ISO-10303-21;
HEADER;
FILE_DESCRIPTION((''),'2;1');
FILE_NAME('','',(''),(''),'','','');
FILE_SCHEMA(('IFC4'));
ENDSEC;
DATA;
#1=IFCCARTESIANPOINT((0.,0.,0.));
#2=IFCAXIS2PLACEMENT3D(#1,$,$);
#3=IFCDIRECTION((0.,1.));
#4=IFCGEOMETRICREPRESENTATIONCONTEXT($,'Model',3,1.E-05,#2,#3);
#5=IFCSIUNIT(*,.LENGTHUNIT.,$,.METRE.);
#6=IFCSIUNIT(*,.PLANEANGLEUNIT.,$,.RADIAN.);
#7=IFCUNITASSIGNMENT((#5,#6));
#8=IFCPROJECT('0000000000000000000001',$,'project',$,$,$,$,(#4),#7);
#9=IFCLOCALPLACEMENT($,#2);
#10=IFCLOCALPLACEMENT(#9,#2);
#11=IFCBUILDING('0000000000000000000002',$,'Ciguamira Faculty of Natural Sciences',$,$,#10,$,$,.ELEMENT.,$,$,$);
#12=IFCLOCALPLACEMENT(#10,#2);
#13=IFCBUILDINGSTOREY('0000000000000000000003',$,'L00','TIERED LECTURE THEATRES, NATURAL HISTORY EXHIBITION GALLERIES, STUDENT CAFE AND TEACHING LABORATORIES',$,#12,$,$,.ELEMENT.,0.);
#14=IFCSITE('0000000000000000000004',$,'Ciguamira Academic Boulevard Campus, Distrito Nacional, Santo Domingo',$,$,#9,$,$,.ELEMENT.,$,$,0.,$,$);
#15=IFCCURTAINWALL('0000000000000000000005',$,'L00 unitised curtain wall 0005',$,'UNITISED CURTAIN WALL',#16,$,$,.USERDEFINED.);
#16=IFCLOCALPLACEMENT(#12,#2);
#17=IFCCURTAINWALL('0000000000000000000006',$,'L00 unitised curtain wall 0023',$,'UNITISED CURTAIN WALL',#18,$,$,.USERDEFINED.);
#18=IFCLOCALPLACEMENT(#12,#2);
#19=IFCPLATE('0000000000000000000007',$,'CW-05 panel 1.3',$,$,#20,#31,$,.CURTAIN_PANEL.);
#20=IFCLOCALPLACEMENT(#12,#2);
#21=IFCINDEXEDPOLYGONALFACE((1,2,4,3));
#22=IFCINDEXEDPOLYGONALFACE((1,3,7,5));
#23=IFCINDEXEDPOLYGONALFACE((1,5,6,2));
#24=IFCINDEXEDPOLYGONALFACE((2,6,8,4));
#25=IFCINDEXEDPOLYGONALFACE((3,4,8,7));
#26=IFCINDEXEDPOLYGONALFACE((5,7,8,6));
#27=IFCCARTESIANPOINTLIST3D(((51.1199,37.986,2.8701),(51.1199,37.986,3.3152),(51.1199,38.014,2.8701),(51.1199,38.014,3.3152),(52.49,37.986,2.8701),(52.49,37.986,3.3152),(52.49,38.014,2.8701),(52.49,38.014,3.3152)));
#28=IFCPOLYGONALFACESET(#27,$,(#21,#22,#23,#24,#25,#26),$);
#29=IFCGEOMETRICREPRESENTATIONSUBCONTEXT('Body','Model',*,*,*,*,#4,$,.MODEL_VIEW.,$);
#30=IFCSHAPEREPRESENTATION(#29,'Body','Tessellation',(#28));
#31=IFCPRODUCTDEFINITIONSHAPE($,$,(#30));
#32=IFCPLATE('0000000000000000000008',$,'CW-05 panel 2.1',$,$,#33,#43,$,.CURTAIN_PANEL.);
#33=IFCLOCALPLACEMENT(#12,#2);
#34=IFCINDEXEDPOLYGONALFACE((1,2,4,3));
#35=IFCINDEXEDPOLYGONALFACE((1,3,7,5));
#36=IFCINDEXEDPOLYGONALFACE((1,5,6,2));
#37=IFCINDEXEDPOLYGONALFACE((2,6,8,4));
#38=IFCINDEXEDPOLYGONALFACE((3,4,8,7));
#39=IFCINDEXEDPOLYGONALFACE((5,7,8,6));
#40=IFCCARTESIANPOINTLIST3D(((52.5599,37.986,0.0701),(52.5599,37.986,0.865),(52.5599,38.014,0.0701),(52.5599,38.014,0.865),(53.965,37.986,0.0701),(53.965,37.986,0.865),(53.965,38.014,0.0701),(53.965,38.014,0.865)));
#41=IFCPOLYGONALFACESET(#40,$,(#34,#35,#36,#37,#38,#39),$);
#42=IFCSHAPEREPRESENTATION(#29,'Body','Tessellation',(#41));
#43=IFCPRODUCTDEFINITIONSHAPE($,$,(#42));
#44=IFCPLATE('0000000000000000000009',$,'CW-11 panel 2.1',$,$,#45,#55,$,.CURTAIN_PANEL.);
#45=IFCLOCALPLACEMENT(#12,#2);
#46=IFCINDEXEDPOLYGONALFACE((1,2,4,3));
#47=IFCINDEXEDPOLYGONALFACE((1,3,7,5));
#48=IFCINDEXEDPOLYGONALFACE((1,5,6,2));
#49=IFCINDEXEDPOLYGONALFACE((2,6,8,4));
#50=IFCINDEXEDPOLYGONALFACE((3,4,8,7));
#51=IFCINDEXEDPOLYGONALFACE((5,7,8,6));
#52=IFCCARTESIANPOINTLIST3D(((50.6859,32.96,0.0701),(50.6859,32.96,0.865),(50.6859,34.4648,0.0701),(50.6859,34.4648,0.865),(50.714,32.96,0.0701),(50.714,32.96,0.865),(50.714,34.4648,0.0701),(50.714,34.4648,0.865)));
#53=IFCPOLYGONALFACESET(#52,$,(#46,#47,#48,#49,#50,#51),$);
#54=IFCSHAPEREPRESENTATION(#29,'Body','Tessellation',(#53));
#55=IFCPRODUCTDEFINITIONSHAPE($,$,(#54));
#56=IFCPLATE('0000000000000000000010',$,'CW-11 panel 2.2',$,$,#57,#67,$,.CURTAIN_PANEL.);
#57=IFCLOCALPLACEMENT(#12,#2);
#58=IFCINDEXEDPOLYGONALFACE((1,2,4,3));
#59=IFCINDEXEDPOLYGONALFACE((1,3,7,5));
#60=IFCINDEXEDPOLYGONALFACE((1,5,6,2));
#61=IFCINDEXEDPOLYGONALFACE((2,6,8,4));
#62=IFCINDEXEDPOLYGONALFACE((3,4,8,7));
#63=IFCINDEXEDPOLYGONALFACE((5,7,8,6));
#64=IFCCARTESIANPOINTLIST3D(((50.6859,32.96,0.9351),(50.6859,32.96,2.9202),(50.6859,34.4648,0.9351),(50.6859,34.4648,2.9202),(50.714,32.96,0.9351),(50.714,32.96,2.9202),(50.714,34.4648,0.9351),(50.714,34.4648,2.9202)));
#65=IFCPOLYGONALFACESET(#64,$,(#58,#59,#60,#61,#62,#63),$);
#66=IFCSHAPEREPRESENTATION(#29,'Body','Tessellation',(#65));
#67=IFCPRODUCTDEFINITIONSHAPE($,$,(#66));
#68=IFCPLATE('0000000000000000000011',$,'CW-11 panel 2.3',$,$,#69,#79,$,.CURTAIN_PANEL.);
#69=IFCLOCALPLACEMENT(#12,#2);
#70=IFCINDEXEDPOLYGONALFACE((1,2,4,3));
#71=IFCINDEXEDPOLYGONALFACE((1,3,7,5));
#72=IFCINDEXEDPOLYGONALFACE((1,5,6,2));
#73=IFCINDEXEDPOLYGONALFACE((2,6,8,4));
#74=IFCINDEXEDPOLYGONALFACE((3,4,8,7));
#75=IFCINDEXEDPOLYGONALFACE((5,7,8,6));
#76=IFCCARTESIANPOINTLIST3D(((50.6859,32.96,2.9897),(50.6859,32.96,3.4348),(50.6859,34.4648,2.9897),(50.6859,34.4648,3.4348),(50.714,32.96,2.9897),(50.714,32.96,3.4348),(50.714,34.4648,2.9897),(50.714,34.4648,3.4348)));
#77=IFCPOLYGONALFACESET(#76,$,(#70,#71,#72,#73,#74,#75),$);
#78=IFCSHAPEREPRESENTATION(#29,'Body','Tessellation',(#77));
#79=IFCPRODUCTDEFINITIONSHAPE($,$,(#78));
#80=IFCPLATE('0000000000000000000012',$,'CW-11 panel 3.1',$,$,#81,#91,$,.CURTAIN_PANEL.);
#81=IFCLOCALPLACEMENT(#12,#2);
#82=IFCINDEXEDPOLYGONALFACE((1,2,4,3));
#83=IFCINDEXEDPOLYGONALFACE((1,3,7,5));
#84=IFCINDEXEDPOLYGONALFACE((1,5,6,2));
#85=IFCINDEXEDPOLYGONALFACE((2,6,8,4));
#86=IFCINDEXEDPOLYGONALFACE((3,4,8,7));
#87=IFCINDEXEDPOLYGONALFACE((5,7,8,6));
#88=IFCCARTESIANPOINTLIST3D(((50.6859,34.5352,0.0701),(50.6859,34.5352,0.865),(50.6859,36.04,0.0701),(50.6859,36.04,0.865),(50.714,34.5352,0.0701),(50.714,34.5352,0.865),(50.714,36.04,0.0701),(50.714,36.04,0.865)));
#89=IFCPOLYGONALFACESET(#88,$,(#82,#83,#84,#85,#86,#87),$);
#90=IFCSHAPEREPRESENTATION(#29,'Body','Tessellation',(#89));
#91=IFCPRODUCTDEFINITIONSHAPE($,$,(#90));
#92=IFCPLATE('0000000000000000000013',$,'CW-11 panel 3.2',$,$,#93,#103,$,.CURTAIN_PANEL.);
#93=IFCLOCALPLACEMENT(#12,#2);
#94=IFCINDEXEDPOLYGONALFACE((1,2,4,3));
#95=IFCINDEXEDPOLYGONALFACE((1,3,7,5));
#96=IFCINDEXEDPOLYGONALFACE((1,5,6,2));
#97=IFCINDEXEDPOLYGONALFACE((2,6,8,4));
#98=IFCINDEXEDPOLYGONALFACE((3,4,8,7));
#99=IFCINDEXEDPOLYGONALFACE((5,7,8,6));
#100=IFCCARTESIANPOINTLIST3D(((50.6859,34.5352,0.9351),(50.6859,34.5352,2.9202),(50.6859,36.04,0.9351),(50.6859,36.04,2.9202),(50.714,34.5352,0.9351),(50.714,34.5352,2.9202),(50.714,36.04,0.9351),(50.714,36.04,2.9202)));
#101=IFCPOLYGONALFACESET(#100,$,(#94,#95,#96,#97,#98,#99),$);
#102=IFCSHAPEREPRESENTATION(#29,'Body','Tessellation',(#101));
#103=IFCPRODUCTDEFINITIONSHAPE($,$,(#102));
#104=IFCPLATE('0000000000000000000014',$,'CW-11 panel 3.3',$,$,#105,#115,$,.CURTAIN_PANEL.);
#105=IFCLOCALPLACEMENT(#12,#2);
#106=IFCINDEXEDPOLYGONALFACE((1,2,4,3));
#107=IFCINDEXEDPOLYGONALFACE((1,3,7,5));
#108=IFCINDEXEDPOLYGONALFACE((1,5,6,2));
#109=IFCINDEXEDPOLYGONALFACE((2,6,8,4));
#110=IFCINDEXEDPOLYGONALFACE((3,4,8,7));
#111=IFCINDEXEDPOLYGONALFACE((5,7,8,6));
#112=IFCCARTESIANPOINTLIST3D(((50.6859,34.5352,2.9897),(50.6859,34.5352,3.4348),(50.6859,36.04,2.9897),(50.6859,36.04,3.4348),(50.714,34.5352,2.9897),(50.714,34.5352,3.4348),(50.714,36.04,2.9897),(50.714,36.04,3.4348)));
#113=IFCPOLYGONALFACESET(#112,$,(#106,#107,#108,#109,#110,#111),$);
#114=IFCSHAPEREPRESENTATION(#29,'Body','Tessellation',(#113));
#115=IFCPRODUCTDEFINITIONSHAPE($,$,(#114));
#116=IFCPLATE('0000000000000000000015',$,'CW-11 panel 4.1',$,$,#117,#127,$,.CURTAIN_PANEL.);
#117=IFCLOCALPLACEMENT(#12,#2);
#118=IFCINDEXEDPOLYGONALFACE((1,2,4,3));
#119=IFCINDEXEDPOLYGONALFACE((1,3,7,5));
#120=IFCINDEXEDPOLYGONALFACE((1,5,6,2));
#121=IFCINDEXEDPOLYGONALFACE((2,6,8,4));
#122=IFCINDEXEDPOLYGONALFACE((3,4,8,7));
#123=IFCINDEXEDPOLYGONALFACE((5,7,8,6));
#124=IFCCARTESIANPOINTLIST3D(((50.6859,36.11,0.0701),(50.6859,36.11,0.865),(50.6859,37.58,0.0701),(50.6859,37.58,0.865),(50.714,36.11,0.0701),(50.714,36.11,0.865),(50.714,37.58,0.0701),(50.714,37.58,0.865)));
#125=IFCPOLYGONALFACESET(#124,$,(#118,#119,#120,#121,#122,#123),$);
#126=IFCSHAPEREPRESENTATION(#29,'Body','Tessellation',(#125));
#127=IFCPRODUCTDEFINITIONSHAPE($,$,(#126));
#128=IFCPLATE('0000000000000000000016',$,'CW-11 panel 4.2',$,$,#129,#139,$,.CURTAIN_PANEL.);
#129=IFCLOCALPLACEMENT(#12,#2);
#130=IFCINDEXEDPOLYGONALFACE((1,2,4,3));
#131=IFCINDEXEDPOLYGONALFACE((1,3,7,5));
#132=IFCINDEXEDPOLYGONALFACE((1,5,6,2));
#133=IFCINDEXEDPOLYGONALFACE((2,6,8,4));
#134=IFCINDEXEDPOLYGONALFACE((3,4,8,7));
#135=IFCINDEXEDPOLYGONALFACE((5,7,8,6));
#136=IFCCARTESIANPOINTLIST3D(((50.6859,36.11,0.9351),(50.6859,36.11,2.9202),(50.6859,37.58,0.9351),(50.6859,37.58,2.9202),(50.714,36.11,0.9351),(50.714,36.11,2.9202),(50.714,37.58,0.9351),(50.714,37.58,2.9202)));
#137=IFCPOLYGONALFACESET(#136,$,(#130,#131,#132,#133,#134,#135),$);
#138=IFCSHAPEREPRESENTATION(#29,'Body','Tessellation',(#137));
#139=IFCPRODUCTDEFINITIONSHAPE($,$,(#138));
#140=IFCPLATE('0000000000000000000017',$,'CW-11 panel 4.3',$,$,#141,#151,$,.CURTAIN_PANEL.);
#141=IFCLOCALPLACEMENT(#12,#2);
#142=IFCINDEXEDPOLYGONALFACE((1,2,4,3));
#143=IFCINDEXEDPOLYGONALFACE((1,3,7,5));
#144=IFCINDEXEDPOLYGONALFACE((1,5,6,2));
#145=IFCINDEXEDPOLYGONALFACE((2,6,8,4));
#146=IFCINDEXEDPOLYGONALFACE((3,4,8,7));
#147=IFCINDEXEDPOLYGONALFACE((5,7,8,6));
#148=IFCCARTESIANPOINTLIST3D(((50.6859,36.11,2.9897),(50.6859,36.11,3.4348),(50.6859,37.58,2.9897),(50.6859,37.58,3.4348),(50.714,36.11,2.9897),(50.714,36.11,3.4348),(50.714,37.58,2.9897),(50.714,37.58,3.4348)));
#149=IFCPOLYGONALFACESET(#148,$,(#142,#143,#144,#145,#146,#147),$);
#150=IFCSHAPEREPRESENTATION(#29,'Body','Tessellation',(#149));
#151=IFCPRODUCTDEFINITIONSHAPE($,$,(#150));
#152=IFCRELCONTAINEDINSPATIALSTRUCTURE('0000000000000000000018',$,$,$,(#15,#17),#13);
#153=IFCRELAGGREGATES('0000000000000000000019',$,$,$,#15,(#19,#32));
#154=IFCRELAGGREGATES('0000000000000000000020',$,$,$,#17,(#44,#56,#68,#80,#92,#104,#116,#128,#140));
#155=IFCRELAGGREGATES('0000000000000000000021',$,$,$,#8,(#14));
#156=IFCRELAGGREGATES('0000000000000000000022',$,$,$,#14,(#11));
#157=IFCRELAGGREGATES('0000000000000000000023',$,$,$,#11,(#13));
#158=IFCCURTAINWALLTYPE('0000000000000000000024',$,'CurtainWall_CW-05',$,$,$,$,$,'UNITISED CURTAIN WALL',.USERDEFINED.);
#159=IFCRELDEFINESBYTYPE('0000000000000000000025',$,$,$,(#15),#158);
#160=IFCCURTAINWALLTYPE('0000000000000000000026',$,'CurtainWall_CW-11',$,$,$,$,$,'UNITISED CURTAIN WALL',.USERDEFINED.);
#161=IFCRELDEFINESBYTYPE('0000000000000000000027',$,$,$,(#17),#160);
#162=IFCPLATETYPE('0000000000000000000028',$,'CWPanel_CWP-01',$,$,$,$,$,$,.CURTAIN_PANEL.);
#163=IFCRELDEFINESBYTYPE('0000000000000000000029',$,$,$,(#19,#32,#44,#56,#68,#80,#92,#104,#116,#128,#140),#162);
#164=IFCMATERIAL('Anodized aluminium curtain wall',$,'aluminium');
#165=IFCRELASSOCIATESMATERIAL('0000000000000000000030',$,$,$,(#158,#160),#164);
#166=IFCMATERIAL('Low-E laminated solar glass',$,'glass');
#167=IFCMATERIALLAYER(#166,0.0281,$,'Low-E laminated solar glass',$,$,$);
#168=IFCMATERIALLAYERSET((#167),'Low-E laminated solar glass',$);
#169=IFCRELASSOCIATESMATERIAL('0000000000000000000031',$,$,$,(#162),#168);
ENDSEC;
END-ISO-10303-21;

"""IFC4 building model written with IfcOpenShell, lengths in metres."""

from ifc_helpers import new_model, si_unit, direction, frame, origin, origin_2d, place, context, subcontext, project, spatial, rectangle, extrude, material, layer, layer_set, type_object, element, aggregate, save


model = new_model("IFC4")

# Units and contexts
model_context = context("Model", 3, precision=1e-05, world=origin(), true_north=direction((0.0, 1.0)))
body_context = subcontext(model_context, "Body", "Model", "MODEL_VIEW")
ifc_project = project(units=[si_unit("LENGTHUNIT", "METRE"), si_unit("PLANEANGLEUNIT", "RADIAN")], contexts=[model_context])

# Site, building, storey
site_placement = place(None, origin())
site = spatial("IfcSite", under=ifc_project, at=site_placement, Name="Ciguamira Academic Boulevard Campus, Distrito Nacional, Santo Domingo", CompositionType="ELEMENT", RefElevation=0.0)
building_placement = place(site_placement, origin())
building = spatial("IfcBuilding", under=site, at=building_placement, Name="Ciguamira Faculty of Natural Sciences", CompositionType="ELEMENT")
storey_placement = place(building_placement, origin())
storey = spatial("IfcBuildingStorey", under=building, at=storey_placement, Name="L00", Description="TIERED LECTURE THEATRES, NATURAL HISTORY EXHIBITION GALLERIES, STUDENT CAFE AND TEACHING LABORATORIES", CompositionType="ELEMENT", Elevation=0.0)

# Curtain walls
ifc_material_1 = material(Name="Anodized aluminium curtain wall", Category="aluminium")
curtain_wall_type_1 = type_object("IfcCurtainWallType", Name="CurtainWall_CW-05", ElementType="UNITISED CURTAIN WALL", PredefinedType="USERDEFINED", material=ifc_material_1)
curtain_wall_1_placement = place(storey_placement, origin())
curtain_wall_1 = element("IfcCurtainWall", 1, at=curtain_wall_1_placement, inside=storey, type_object=curtain_wall_type_1, Name="L00 unitised curtain wall 0005", ObjectType="UNITISED CURTAIN WALL", PredefinedType="USERDEFINED")
curtain_wall_type_2 = type_object("IfcCurtainWallType", Name="CurtainWall_CW-11", ElementType="UNITISED CURTAIN WALL", PredefinedType="USERDEFINED", material=ifc_material_1)
curtain_wall_2_placement = place(storey_placement, origin())
curtain_wall_2 = element("IfcCurtainWall", 2, at=curtain_wall_2_placement, inside=storey, type_object=curtain_wall_type_2, Name="L00 unitised curtain wall 0023", ObjectType="UNITISED CURTAIN WALL", PredefinedType="USERDEFINED")

# Plates
ifc_material_2 = material(Name="Low-E laminated solar glass", Category="glass")
ifc_layer = layer(ifc_material_2, 0.0281, Name="Low-E laminated solar glass")
ifc_layer_set = layer_set([ifc_layer], Name="Low-E laminated solar glass")
plate_type = type_object("IfcPlateType", Name="CWPanel_CWP-01", PredefinedType="CURTAIN_PANEL", material=ifc_layer_set)
plate_1_placement = place(storey_placement, frame((51.8049, 38.0, 2.8701), z_axis=(0.0, 0.0, 1.0), x_axis=(1.0, 0.0, 0.0)))
plate_1 = element("IfcPlate", 3, at=plate_1_placement, type_object=plate_type, Name="CW-05 panel 1.3", PredefinedType="CURTAIN_PANEL", context=body_context, shape_type="SweptSolid", body=[
    extrude(rectangle(XDim=1.3701, YDim=0.0281, at=origin_2d()), origin(), (0.0, 0.0, 1.0), 0.4451),
])
plate_2_placement = place(storey_placement, frame((53.2625, 38.0, 0.0701), z_axis=(0.0, 0.0, 1.0), x_axis=(1.0, 0.0, 0.0)))
plate_2 = element("IfcPlate", 4, at=plate_2_placement, type_object=plate_type, Name="CW-05 panel 2.1", PredefinedType="CURTAIN_PANEL", context=body_context, shape_type="SweptSolid", body=[
    extrude(rectangle(XDim=1.405, YDim=0.0281, at=origin_2d()), origin(), (0.0, 0.0, 1.0), 0.7949),
])
aggregate(curtain_wall_1, [plate_1, plate_2])
plate_3_placement = place(storey_placement, frame((50.7, 33.7124, 0.0701), z_axis=(0.0, 0.0, 1.0), x_axis=(0.0, 1.0, 0.0)))
plate_3 = element("IfcPlate", 5, at=plate_3_placement, type_object=plate_type, Name="CW-11 panel 2.1", PredefinedType="CURTAIN_PANEL", context=body_context, shape_type="SweptSolid", body=[
    extrude(rectangle(XDim=1.5049, YDim=0.0281, at=origin_2d()), origin(), (0.0, 0.0, 1.0), 0.7949),
])
plate_4_placement = place(storey_placement, frame((50.7, 33.7124, 0.9351), z_axis=(0.0, 0.0, 1.0), x_axis=(0.0, 1.0, 0.0)))
plate_4 = element("IfcPlate", 6, at=plate_4_placement, type_object=plate_type, Name="CW-11 panel 2.2", PredefinedType="CURTAIN_PANEL", context=body_context, shape_type="SweptSolid", body=[
    extrude(rectangle(XDim=1.5049, YDim=0.0281, at=origin_2d()), origin(), (0.0, 0.0, 1.0), 1.9851),
])
plate_5_placement = place(storey_placement, frame((50.7, 33.7124, 2.9897), z_axis=(0.0, 0.0, 1.0), x_axis=(0.0, 1.0, 0.0)))
plate_5 = element("IfcPlate", 7, at=plate_5_placement, type_object=plate_type, Name="CW-11 panel 2.3", PredefinedType="CURTAIN_PANEL", context=body_context, shape_type="SweptSolid", body=[
    extrude(rectangle(XDim=1.5049, YDim=0.0281, at=origin_2d()), origin(), (0.0, 0.0, 1.0), 0.4451),
])
plate_6_placement = place(storey_placement, frame((50.7, 35.2876, 0.0701), z_axis=(0.0, 0.0, 1.0), x_axis=(0.0, 1.0, 0.0)))
plate_6 = element("IfcPlate", 8, at=plate_6_placement, type_object=plate_type, Name="CW-11 panel 3.1", PredefinedType="CURTAIN_PANEL", context=body_context, shape_type="SweptSolid", body=[
    extrude(rectangle(XDim=1.5049, YDim=0.0281, at=origin_2d()), origin(), (0.0, 0.0, 1.0), 0.7949),
])
plate_7_placement = place(storey_placement, frame((50.7, 35.2876, 0.9351), z_axis=(0.0, 0.0, 1.0), x_axis=(0.0, 1.0, 0.0)))
plate_7 = element("IfcPlate", 9, at=plate_7_placement, type_object=plate_type, Name="CW-11 panel 3.2", PredefinedType="CURTAIN_PANEL", context=body_context, shape_type="SweptSolid", body=[
    extrude(rectangle(XDim=1.5049, YDim=0.0281, at=origin_2d()), origin(), (0.0, 0.0, 1.0), 1.9851),
])
plate_8_placement = place(storey_placement, frame((50.7, 35.2876, 2.9897), z_axis=(0.0, 0.0, 1.0), x_axis=(0.0, 1.0, 0.0)))
plate_8 = element("IfcPlate", 10, at=plate_8_placement, type_object=plate_type, Name="CW-11 panel 3.3", PredefinedType="CURTAIN_PANEL", context=body_context, shape_type="SweptSolid", body=[
    extrude(rectangle(XDim=1.5049, YDim=0.0281, at=origin_2d()), origin(), (0.0, 0.0, 1.0), 0.4451),
])
plate_9_placement = place(storey_placement, frame((50.7, 36.845, 0.0701), z_axis=(0.0, 0.0, 1.0), x_axis=(0.0, 1.0, 0.0)))
plate_9 = element("IfcPlate", 11, at=plate_9_placement, type_object=plate_type, Name="CW-11 panel 4.1", PredefinedType="CURTAIN_PANEL", context=body_context, shape_type="SweptSolid", body=[
    extrude(rectangle(XDim=1.47, YDim=0.0281, at=origin_2d()), origin(), (0.0, 0.0, 1.0), 0.7949),
])
plate_10_placement = place(storey_placement, frame((50.7, 36.845, 0.9351), z_axis=(0.0, 0.0, 1.0), x_axis=(0.0, 1.0, 0.0)))
plate_10 = element("IfcPlate", 12, at=plate_10_placement, type_object=plate_type, Name="CW-11 panel 4.2", PredefinedType="CURTAIN_PANEL", context=body_context, shape_type="SweptSolid", body=[
    extrude(rectangle(XDim=1.47, YDim=0.0281, at=origin_2d()), origin(), (0.0, 0.0, 1.0), 1.9851),
])
plate_11_placement = place(storey_placement, frame((50.7, 36.845, 2.9897), z_axis=(0.0, 0.0, 1.0), x_axis=(0.0, 1.0, 0.0)))
plate_11 = element("IfcPlate", 13, at=plate_11_placement, type_object=plate_type, Name="CW-11 panel 4.3", PredefinedType="CURTAIN_PANEL", context=body_context, shape_type="SweptSolid", body=[
    extrude(rectangle(XDim=1.47, YDim=0.0281, at=origin_2d()), origin(), (0.0, 0.0, 1.0), 0.4451),
])
aggregate(curtain_wall_2, [plate_3, plate_4, plate_5, plate_6, plate_7, plate_8, plate_9, plate_10, plate_11])

save(model, "model.ifc")
